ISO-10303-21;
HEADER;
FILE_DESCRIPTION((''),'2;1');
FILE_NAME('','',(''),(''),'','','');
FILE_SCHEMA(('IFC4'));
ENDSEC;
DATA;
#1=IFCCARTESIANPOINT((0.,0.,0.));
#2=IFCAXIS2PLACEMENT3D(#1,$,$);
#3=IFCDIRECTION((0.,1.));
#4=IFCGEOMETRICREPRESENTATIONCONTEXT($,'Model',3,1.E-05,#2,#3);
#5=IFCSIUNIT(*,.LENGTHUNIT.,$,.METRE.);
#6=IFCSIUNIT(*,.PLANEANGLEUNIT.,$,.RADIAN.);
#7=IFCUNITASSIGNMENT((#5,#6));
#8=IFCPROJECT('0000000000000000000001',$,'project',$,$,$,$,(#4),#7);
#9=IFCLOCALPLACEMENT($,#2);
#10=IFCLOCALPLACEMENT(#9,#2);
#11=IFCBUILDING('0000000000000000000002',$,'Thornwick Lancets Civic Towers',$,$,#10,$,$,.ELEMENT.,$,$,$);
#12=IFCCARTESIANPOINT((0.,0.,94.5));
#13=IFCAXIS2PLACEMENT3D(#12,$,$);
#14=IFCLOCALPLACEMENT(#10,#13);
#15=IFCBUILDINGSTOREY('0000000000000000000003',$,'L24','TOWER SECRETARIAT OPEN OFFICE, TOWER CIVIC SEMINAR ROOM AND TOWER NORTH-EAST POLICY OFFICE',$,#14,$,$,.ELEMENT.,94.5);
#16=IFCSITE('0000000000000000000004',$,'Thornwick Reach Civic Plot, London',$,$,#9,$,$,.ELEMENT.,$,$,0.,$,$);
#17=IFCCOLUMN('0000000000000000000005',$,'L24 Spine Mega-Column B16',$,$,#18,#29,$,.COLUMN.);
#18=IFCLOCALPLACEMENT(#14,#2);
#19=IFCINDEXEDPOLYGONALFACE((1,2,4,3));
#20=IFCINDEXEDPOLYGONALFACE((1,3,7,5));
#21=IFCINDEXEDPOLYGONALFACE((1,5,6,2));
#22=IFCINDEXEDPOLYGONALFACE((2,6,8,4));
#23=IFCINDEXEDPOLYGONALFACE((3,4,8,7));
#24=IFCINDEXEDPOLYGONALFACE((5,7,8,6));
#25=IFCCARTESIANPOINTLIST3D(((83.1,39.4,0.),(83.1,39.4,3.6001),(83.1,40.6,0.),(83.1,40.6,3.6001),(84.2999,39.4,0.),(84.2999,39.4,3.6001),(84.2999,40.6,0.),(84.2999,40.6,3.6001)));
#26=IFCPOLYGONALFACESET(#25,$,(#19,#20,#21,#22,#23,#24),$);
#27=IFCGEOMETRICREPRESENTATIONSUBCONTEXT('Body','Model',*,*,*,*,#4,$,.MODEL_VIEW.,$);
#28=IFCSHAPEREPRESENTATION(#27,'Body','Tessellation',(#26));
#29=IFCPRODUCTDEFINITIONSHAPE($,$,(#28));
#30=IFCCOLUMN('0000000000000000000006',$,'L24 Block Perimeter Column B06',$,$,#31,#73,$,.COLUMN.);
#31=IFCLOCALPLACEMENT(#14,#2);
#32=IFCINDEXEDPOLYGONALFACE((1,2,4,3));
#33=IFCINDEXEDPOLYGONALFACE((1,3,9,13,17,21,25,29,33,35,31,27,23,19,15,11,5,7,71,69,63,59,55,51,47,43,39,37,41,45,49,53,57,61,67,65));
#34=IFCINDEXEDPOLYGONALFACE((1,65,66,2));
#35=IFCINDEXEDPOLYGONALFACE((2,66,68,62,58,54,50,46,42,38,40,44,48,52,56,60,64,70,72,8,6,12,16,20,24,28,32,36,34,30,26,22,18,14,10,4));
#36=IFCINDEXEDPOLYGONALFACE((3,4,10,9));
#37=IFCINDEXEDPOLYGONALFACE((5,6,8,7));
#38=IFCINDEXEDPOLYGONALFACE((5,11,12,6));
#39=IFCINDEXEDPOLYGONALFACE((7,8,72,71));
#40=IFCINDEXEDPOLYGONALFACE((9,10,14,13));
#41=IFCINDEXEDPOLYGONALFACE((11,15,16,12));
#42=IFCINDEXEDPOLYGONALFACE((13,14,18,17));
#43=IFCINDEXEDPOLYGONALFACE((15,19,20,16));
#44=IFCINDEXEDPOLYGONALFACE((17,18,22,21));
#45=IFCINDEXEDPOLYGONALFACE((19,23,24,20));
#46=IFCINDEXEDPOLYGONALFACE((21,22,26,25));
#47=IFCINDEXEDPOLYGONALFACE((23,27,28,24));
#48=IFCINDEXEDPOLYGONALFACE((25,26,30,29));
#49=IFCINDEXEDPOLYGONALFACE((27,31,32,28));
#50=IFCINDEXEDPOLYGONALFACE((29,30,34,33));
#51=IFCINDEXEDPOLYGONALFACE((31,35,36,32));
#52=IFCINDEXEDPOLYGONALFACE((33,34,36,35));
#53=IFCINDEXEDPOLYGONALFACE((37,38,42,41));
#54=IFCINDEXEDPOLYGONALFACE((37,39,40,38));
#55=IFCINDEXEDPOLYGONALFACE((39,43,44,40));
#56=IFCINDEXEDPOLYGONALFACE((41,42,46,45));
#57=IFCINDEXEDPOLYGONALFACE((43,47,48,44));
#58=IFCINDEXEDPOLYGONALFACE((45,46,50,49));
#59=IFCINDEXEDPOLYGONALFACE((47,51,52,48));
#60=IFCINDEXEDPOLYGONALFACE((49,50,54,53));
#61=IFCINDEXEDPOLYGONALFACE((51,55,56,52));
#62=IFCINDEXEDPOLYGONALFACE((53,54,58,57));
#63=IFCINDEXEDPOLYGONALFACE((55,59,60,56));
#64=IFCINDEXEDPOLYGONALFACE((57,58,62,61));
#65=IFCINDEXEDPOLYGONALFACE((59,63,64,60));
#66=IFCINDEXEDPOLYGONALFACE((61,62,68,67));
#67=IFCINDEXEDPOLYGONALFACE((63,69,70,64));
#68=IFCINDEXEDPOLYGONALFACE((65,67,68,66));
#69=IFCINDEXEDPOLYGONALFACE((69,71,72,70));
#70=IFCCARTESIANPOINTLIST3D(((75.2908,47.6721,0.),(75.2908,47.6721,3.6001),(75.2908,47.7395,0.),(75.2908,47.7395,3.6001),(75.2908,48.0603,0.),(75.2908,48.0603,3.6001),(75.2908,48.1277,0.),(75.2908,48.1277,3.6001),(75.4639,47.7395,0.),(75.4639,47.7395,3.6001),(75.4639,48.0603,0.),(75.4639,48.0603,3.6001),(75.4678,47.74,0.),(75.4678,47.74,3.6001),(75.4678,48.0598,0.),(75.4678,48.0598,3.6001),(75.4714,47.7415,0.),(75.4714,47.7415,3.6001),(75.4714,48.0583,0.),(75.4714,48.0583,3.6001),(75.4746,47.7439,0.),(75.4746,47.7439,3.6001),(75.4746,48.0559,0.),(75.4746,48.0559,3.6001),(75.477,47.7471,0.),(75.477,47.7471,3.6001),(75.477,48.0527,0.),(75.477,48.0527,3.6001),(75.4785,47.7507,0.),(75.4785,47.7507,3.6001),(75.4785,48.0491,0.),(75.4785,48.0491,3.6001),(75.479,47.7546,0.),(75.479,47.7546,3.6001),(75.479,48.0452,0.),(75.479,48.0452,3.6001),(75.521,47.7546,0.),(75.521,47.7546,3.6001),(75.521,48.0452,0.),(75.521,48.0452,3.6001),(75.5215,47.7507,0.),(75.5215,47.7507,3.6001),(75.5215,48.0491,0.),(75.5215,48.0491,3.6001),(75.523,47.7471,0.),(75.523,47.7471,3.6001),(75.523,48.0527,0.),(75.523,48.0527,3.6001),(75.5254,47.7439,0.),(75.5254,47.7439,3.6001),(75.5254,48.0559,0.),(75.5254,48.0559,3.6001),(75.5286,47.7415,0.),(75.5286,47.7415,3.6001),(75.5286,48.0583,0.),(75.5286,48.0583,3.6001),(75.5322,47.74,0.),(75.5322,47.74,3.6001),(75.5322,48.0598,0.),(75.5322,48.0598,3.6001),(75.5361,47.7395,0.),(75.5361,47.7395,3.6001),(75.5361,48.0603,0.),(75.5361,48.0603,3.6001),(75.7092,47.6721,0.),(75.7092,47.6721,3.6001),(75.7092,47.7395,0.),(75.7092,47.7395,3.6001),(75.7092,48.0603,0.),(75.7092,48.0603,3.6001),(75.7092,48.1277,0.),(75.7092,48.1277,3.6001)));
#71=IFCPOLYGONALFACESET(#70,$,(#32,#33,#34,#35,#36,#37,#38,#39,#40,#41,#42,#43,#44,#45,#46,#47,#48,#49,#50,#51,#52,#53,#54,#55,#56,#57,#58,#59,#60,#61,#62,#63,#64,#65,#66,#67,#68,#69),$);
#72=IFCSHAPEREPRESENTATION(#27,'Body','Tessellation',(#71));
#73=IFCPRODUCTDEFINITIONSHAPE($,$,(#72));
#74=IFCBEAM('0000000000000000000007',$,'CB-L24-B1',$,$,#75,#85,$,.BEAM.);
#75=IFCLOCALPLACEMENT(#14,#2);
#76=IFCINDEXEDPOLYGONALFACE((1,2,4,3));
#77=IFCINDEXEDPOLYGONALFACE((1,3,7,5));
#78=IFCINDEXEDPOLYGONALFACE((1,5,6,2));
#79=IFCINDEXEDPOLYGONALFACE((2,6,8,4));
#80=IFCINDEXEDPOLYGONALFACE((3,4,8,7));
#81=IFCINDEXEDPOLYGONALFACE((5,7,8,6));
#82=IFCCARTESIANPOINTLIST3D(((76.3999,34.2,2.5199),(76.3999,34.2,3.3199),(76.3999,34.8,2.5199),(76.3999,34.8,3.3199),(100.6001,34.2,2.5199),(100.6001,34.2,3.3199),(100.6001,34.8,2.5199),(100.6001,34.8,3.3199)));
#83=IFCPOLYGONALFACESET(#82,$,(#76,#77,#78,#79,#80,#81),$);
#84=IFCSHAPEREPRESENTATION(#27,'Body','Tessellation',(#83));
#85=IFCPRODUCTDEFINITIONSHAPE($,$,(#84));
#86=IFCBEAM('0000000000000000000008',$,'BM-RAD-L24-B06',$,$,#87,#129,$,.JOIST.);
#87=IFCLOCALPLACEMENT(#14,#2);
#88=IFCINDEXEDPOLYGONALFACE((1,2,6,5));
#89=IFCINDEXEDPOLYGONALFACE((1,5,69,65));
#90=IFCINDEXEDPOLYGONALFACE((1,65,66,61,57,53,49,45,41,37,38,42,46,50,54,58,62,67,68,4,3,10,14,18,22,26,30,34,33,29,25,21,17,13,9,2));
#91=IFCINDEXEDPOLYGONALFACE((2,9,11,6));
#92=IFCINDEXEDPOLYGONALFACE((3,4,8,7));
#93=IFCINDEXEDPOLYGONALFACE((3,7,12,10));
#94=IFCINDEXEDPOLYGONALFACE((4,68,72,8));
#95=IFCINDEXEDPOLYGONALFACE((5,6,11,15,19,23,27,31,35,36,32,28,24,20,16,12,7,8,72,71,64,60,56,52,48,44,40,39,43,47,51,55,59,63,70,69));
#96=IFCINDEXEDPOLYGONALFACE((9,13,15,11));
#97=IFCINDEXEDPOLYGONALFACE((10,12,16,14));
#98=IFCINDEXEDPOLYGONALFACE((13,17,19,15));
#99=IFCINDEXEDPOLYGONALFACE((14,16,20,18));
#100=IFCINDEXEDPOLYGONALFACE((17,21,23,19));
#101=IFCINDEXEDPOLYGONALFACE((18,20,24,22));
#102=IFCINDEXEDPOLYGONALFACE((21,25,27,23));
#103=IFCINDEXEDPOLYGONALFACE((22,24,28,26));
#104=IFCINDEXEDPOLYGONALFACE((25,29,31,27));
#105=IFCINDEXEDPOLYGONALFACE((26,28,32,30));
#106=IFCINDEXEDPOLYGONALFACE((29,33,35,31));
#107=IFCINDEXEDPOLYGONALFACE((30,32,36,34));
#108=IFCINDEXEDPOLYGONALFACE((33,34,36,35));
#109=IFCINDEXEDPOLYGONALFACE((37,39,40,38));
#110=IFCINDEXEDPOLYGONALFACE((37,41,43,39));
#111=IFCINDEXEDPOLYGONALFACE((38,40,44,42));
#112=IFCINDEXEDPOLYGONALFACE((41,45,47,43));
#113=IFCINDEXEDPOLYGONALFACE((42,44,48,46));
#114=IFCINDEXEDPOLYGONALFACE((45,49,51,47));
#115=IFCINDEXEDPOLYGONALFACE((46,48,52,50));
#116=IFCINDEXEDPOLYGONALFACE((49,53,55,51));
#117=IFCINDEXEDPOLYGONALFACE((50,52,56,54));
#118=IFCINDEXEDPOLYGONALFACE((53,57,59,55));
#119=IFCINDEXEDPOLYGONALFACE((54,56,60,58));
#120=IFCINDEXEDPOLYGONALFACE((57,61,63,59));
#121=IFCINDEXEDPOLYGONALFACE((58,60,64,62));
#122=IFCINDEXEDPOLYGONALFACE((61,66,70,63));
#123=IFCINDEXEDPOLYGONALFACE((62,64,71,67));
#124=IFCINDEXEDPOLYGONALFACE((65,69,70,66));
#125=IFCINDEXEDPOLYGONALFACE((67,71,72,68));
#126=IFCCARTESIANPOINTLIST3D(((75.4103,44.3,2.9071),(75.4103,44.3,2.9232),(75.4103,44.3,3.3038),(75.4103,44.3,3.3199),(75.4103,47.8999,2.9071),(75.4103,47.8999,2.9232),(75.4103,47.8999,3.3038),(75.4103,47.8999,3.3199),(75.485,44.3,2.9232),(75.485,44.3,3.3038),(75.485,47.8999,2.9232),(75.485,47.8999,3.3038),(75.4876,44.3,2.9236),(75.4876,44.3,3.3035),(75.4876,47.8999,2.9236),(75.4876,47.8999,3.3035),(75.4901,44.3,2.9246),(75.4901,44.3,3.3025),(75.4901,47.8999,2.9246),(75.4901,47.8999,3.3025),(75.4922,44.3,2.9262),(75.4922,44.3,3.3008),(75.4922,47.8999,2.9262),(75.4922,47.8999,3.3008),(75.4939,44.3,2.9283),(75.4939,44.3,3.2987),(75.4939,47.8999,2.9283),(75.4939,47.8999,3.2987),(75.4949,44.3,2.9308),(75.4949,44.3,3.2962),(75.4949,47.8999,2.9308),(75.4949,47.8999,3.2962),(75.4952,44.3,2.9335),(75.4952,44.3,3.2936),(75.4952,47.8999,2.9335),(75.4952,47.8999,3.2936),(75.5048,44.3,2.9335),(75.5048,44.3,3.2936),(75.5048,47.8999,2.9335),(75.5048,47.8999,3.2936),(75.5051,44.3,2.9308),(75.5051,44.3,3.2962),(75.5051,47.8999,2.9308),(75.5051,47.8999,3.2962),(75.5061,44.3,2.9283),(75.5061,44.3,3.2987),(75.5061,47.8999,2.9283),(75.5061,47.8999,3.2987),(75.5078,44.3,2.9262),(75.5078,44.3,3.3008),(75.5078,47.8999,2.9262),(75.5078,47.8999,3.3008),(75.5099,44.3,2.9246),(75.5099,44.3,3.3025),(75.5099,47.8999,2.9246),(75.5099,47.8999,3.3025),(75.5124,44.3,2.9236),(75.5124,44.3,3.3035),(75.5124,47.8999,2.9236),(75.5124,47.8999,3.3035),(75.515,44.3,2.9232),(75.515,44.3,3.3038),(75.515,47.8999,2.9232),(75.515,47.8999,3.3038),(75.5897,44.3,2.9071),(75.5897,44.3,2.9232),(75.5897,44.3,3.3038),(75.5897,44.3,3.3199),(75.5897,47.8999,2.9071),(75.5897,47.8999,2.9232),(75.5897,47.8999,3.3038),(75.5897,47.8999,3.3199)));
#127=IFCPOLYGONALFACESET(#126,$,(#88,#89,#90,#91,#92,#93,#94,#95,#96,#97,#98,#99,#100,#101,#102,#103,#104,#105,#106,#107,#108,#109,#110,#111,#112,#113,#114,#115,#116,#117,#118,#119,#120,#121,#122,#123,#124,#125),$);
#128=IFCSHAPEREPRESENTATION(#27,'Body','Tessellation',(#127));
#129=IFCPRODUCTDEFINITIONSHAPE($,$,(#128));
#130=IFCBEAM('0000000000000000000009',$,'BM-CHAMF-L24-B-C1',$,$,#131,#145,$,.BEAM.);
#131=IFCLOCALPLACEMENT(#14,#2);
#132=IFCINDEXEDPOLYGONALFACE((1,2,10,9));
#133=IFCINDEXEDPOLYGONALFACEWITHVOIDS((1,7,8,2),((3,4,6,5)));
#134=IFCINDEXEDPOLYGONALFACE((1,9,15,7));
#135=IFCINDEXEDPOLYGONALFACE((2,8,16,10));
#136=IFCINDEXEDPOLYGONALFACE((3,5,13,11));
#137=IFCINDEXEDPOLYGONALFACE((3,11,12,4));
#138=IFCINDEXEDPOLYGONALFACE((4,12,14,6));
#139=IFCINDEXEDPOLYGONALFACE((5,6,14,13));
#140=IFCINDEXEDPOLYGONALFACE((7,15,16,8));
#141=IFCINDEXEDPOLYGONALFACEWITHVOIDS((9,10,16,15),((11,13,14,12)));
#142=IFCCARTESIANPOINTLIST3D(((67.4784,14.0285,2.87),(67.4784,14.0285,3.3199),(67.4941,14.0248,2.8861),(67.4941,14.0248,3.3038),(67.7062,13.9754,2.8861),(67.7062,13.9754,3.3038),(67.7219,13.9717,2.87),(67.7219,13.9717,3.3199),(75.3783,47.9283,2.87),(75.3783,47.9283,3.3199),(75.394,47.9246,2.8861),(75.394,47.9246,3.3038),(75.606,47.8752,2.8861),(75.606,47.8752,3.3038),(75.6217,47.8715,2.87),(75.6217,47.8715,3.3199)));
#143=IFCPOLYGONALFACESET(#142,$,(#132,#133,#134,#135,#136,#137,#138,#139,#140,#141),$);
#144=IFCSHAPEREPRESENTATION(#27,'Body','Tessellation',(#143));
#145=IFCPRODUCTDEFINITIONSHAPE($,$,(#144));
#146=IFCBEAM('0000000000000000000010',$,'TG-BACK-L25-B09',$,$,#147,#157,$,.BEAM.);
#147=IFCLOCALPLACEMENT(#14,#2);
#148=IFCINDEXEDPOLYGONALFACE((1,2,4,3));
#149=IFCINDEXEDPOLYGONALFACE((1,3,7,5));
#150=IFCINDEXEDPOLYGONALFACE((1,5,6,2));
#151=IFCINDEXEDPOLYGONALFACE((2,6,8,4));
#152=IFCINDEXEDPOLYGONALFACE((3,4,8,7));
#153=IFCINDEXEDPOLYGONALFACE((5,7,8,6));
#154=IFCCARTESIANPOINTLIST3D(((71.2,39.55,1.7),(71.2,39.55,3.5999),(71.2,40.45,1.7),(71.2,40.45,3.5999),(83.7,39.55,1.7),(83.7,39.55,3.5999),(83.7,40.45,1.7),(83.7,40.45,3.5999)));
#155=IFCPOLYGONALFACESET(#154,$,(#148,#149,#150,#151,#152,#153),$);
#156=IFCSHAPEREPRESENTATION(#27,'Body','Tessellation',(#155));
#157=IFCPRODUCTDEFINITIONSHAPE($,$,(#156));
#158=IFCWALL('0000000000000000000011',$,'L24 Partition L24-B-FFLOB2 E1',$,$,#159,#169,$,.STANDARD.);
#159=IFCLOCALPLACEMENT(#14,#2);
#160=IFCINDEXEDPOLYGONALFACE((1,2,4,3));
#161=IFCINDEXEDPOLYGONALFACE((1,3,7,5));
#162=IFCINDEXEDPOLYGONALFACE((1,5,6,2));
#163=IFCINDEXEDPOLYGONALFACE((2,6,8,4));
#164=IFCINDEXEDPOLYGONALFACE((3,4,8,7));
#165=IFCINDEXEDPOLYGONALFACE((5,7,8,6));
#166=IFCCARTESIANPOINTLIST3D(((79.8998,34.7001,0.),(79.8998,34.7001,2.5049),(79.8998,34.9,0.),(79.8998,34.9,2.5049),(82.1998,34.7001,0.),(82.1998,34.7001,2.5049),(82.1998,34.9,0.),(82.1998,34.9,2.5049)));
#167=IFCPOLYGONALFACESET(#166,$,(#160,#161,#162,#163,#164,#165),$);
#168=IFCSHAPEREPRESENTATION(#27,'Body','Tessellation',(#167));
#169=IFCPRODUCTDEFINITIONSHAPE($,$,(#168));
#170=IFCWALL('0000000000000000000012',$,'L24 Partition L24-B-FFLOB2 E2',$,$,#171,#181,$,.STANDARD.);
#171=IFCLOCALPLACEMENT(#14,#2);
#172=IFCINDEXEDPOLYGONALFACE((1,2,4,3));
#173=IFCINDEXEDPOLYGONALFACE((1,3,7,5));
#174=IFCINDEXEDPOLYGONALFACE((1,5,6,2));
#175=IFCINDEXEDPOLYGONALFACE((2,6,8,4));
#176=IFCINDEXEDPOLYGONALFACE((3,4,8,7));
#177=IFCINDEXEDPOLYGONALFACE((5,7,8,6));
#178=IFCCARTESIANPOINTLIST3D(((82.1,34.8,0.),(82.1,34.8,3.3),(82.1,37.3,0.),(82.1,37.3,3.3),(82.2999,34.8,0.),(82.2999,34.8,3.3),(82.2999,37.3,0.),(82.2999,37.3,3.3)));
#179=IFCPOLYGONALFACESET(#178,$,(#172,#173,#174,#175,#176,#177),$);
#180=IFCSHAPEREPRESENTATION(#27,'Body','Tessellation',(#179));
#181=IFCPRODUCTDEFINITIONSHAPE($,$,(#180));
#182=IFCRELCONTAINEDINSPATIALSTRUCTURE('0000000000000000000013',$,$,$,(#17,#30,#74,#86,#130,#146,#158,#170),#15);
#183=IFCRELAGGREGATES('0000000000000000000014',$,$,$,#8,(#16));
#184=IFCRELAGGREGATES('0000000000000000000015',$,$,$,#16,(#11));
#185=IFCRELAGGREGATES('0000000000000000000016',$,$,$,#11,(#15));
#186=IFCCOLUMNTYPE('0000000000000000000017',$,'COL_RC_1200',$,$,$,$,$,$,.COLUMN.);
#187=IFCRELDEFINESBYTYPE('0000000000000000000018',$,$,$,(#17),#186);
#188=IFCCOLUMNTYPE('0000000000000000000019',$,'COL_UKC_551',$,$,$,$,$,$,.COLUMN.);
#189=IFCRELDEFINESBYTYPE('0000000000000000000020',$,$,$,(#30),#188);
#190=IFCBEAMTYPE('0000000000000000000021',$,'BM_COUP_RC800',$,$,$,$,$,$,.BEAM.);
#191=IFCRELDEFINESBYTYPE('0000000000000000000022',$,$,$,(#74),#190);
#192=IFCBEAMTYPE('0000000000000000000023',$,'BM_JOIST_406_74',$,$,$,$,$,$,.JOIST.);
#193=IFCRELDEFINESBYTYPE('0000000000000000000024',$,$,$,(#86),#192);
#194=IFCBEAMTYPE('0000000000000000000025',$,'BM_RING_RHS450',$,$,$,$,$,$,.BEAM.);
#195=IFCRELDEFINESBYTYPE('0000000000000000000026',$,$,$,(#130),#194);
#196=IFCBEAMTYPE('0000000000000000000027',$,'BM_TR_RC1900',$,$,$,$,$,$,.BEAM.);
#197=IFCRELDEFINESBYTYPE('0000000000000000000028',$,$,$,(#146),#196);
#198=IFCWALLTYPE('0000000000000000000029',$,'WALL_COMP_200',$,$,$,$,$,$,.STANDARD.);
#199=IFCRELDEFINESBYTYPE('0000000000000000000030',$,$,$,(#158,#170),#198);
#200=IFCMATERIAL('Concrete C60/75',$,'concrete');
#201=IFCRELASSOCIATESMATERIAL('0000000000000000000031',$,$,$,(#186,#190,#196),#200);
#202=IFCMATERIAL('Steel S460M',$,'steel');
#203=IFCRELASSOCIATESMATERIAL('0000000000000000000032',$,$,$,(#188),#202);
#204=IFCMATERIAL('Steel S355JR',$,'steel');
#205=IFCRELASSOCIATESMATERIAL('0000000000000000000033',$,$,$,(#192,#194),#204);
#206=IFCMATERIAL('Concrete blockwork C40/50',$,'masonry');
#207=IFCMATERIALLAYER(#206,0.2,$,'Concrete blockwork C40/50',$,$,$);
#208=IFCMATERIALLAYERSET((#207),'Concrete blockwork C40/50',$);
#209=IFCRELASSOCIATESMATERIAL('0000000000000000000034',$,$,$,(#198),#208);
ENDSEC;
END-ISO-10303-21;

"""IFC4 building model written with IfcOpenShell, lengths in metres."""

from ifc_helpers import new_model, si_unit, direction, frame, frame_2d, origin, origin_2d, place, context, subcontext, project, spatial, rectangle, hollow_rectangle, i_section, extrude, material, layer, layer_set, material_profile, profile_set, type_object, element, save


model = new_model("IFC4")

# Units and contexts
model_context = context("Model", 3, precision=1e-05, world=origin(), true_north=direction((0.0, 1.0)))
body_context = subcontext(model_context, "Body", "Model", "MODEL_VIEW")
ifc_project = project(units=[si_unit("LENGTHUNIT", "METRE"), si_unit("PLANEANGLEUNIT", "RADIAN")], contexts=[model_context])

# Site, building, storey
site_placement = place(None, origin())
site = spatial("IfcSite", under=ifc_project, at=site_placement, Name="Thornwick Reach Civic Plot, London", CompositionType="ELEMENT", RefElevation=0.0)
building_placement = place(site_placement, origin())
building = spatial("IfcBuilding", under=site, at=building_placement, Name="Thornwick Lancets Civic Towers", CompositionType="ELEMENT")
storey_placement = place(building_placement, frame((0.0, 0.0, 94.5)))
storey = spatial("IfcBuildingStorey", under=building, at=storey_placement, Name="L24", Description="TOWER SECRETARIAT OPEN OFFICE, TOWER CIVIC SEMINAR ROOM AND TOWER NORTH-EAST POLICY OFFICE", CompositionType="ELEMENT", Elevation=94.5)

# Columns
ifc_material_1 = material(Name="Concrete C60/75", Category="concrete")
ifc_material_profile_1 = material_profile(ifc_material_1, rectangle(XDim=1.2, YDim=1.2, at=origin_2d()), Name="RC 1200x1200")
ifc_profile_set_1 = profile_set([ifc_material_profile_1], Name="Concrete C60/75")
column_type_1 = type_object("IfcColumnType", Name="COL_RC_1200", PredefinedType="COLUMN", material=ifc_profile_set_1)
column_1_placement = place(storey_placement, frame((83.7, 40.0, 0.0), z_axis=(0.0, 0.0, 1.0), x_axis=(1.0, 0.0, 0.0)))
element("IfcColumn", 1, at=column_1_placement, inside=storey, type_object=column_type_1, Name="L24 Spine Mega-Column B16", PredefinedType="COLUMN", context=body_context, shape_type="SweptSolid", body=[
    extrude(rectangle(XDim=1.2, YDim=1.2, at=origin_2d()), origin(), (0.0, 0.0, 1.0), 3.6001),
])
ifc_material_2 = material(Name="Steel S460M", Category="steel")
ifc_material_profile_2 = material_profile(ifc_material_2, i_section(OverallWidth=0.4185, OverallDepth=0.4556, WebThickness=0.042, FlangeThickness=0.0674, FilletRadius=0.0151, at=origin_2d()), Name="UKC 356x406x551")
ifc_profile_set_2 = profile_set([ifc_material_profile_2], Name="Steel S460M")
column_type_2 = type_object("IfcColumnType", Name="COL_UKC_551", PredefinedType="COLUMN", material=ifc_profile_set_2)
column_2_placement = place(storey_placement, frame((75.5, 47.8999, 0.0), z_axis=(0.0, 0.0, 1.0), x_axis=(1.0, 0.0, 0.0)))
element("IfcColumn", 2, at=column_2_placement, inside=storey, type_object=column_type_2, Name="L24 Block Perimeter Column B06", PredefinedType="COLUMN", context=body_context, shape_type="SweptSolid", body=[
    extrude(i_section(OverallWidth=0.4185, OverallDepth=0.4556, WebThickness=0.042, FlangeThickness=0.0674, FilletRadius=0.0151, at=origin_2d()), origin(), (0.0, 0.0, 1.0), 3.6001),
])

# Beams
ifc_material_profile_3 = material_profile(ifc_material_1, rectangle(XDim=0.6001, YDim=0.8, at=origin_2d()), Name="RC 600x800")
ifc_profile_set_3 = profile_set([ifc_material_profile_3], Name="Concrete C60/75")
beam_type_1 = type_object("IfcBeamType", Name="BM_COUP_RC800", PredefinedType="BEAM", material=ifc_profile_set_3)
beam_1_placement = place(storey_placement, frame((76.3999, 34.5, 2.9199), z_axis=(1.0, 0.0, 0.0), x_axis=(0.0, 1.0, 0.0)))
element("IfcBeam", 3, at=beam_1_placement, inside=storey, type_object=beam_type_1, Name="CB-L24-B1", PredefinedType="BEAM", context=body_context, shape_type="SweptSolid", body=[
    extrude(rectangle(XDim=0.6001, YDim=0.8, at=origin_2d()), origin(), (0.0, 0.0, 1.0), 24.2002),
])
ifc_material_3 = material(Name="Steel S355JR", Category="steel")
ifc_material_profile_4 = material_profile(ifc_material_3, i_section(OverallWidth=0.1794, OverallDepth=0.4128, WebThickness=0.0095, FlangeThickness=0.0161, FilletRadius=0.0103, at=origin_2d()), Name="UKB 406x178x74")
ifc_profile_set_4 = profile_set([ifc_material_profile_4], Name="Steel S355JR")
beam_type_2 = type_object("IfcBeamType", Name="BM_JOIST_406_74", PredefinedType="JOIST", material=ifc_profile_set_4)
beam_2_placement = place(storey_placement, frame((75.5, 44.3, 3.1135), z_axis=(0.0, 1.0, 0.0), x_axis=(-1.0, 0.0, 0.0)))
element("IfcBeam", 4, at=beam_2_placement, inside=storey, type_object=beam_type_2, Name="BM-RAD-L24-B06", PredefinedType="JOIST", context=body_context, shape_type="SweptSolid", body=[
    extrude(i_section(OverallWidth=0.1794, OverallDepth=0.4128, WebThickness=0.0095, FlangeThickness=0.0161, FilletRadius=0.0103, at=origin_2d()), origin(), (0.0, 0.0, 1.0), 3.5999),
])
ifc_material_profile_5 = material_profile(ifc_material_3, hollow_rectangle(XDim=0.25, YDim=0.45, WallThickness=0.0161, at=origin_2d()), Name="RHS 450x250x16")
ifc_profile_set_5 = profile_set([ifc_material_profile_5], Name="Steel S355JR")
beam_type_3 = type_object("IfcBeamType", Name="BM_RING_RHS450", PredefinedType="BEAM", material=ifc_profile_set_5)
beam_3_placement = place(storey_placement, frame((75.5, 47.8999, 3.095), z_axis=(-0.226955, -0.973905, 0.0), x_axis=(0.973905, -0.226955, 0.0)))
element("IfcBeam", 5, at=beam_3_placement, inside=storey, type_object=beam_type_3, Name="BM-CHAMF-L24-B-C1", PredefinedType="BEAM", context=body_context, shape_type="SweptSolid", body=[
    extrude(hollow_rectangle(XDim=0.25, YDim=0.45, WallThickness=0.0161, at=origin_2d()), origin(), (0.0, 0.0, 1.0), 34.8081),
])
ifc_material_profile_6 = material_profile(ifc_material_1, rectangle(XDim=0.8999, YDim=1.8999, at=origin_2d()), Name="RC 900x1900")
ifc_profile_set_6 = profile_set([ifc_material_profile_6], Name="Concrete C60/75")
beam_type_4 = type_object("IfcBeamType", Name="BM_TR_RC1900", PredefinedType="BEAM", material=ifc_profile_set_6)
beam_4_placement = place(storey_placement, frame((83.7, 40.0, 2.6499), z_axis=(-1.0, 0.0, 0.0), x_axis=(0.0, -1.0, 0.0)))
element("IfcBeam", 6, at=beam_4_placement, inside=storey, type_object=beam_type_4, Name="TG-BACK-L25-B09", PredefinedType="BEAM", context=body_context, shape_type="SweptSolid", body=[
    extrude(rectangle(XDim=0.8999, YDim=1.8999, at=origin_2d()), origin(), (0.0, 0.0, 1.0), 12.5),
])

# Walls
ifc_material_4 = material(Name="Concrete blockwork C40/50", Category="masonry")
ifc_layer_1 = layer(ifc_material_4, 0.2, Name="Concrete blockwork C40/50")
ifc_layer_set_1 = layer_set([ifc_layer_1], Name="Concrete blockwork C40/50")
wall_type_1 = type_object("IfcWallType", Name="WALL_COMP_200", PredefinedType="STANDARD", material=ifc_layer_set_1)
wall_1_placement = place(storey_placement, frame((79.8999, 34.8, 0.0), z_axis=(0.0, 0.0, 1.0), x_axis=(1.0, 0.0, 0.0)))
element("IfcWall", 7, at=wall_1_placement, inside=storey, type_object=wall_type_1, Name="L24 Partition L24-B-FFLOB2 E1", PredefinedType="STANDARD", context=body_context, shape_type="SweptSolid", body=[
    extrude(rectangle(XDim=2.3, YDim=0.2, at=frame_2d((1.1499, 0.0))), origin(), (0.0, 0.0, 1.0), 2.5049),
])
wall_2_placement = place(storey_placement, frame((82.2, 34.8, 0.0), z_axis=(0.0, 0.0, 1.0), x_axis=(0.0, 1.0, 0.0)))
element("IfcWall", 8, at=wall_2_placement, inside=storey, type_object=wall_type_1, Name="L24 Partition L24-B-FFLOB2 E2", PredefinedType="STANDARD", context=body_context, shape_type="SweptSolid", body=[
    extrude(rectangle(XDim=2.5, YDim=0.2, at=frame_2d((1.25, 0.0))), origin(), (0.0, 0.0, 1.0), 3.3),
])

save(model, "model.ifc")
